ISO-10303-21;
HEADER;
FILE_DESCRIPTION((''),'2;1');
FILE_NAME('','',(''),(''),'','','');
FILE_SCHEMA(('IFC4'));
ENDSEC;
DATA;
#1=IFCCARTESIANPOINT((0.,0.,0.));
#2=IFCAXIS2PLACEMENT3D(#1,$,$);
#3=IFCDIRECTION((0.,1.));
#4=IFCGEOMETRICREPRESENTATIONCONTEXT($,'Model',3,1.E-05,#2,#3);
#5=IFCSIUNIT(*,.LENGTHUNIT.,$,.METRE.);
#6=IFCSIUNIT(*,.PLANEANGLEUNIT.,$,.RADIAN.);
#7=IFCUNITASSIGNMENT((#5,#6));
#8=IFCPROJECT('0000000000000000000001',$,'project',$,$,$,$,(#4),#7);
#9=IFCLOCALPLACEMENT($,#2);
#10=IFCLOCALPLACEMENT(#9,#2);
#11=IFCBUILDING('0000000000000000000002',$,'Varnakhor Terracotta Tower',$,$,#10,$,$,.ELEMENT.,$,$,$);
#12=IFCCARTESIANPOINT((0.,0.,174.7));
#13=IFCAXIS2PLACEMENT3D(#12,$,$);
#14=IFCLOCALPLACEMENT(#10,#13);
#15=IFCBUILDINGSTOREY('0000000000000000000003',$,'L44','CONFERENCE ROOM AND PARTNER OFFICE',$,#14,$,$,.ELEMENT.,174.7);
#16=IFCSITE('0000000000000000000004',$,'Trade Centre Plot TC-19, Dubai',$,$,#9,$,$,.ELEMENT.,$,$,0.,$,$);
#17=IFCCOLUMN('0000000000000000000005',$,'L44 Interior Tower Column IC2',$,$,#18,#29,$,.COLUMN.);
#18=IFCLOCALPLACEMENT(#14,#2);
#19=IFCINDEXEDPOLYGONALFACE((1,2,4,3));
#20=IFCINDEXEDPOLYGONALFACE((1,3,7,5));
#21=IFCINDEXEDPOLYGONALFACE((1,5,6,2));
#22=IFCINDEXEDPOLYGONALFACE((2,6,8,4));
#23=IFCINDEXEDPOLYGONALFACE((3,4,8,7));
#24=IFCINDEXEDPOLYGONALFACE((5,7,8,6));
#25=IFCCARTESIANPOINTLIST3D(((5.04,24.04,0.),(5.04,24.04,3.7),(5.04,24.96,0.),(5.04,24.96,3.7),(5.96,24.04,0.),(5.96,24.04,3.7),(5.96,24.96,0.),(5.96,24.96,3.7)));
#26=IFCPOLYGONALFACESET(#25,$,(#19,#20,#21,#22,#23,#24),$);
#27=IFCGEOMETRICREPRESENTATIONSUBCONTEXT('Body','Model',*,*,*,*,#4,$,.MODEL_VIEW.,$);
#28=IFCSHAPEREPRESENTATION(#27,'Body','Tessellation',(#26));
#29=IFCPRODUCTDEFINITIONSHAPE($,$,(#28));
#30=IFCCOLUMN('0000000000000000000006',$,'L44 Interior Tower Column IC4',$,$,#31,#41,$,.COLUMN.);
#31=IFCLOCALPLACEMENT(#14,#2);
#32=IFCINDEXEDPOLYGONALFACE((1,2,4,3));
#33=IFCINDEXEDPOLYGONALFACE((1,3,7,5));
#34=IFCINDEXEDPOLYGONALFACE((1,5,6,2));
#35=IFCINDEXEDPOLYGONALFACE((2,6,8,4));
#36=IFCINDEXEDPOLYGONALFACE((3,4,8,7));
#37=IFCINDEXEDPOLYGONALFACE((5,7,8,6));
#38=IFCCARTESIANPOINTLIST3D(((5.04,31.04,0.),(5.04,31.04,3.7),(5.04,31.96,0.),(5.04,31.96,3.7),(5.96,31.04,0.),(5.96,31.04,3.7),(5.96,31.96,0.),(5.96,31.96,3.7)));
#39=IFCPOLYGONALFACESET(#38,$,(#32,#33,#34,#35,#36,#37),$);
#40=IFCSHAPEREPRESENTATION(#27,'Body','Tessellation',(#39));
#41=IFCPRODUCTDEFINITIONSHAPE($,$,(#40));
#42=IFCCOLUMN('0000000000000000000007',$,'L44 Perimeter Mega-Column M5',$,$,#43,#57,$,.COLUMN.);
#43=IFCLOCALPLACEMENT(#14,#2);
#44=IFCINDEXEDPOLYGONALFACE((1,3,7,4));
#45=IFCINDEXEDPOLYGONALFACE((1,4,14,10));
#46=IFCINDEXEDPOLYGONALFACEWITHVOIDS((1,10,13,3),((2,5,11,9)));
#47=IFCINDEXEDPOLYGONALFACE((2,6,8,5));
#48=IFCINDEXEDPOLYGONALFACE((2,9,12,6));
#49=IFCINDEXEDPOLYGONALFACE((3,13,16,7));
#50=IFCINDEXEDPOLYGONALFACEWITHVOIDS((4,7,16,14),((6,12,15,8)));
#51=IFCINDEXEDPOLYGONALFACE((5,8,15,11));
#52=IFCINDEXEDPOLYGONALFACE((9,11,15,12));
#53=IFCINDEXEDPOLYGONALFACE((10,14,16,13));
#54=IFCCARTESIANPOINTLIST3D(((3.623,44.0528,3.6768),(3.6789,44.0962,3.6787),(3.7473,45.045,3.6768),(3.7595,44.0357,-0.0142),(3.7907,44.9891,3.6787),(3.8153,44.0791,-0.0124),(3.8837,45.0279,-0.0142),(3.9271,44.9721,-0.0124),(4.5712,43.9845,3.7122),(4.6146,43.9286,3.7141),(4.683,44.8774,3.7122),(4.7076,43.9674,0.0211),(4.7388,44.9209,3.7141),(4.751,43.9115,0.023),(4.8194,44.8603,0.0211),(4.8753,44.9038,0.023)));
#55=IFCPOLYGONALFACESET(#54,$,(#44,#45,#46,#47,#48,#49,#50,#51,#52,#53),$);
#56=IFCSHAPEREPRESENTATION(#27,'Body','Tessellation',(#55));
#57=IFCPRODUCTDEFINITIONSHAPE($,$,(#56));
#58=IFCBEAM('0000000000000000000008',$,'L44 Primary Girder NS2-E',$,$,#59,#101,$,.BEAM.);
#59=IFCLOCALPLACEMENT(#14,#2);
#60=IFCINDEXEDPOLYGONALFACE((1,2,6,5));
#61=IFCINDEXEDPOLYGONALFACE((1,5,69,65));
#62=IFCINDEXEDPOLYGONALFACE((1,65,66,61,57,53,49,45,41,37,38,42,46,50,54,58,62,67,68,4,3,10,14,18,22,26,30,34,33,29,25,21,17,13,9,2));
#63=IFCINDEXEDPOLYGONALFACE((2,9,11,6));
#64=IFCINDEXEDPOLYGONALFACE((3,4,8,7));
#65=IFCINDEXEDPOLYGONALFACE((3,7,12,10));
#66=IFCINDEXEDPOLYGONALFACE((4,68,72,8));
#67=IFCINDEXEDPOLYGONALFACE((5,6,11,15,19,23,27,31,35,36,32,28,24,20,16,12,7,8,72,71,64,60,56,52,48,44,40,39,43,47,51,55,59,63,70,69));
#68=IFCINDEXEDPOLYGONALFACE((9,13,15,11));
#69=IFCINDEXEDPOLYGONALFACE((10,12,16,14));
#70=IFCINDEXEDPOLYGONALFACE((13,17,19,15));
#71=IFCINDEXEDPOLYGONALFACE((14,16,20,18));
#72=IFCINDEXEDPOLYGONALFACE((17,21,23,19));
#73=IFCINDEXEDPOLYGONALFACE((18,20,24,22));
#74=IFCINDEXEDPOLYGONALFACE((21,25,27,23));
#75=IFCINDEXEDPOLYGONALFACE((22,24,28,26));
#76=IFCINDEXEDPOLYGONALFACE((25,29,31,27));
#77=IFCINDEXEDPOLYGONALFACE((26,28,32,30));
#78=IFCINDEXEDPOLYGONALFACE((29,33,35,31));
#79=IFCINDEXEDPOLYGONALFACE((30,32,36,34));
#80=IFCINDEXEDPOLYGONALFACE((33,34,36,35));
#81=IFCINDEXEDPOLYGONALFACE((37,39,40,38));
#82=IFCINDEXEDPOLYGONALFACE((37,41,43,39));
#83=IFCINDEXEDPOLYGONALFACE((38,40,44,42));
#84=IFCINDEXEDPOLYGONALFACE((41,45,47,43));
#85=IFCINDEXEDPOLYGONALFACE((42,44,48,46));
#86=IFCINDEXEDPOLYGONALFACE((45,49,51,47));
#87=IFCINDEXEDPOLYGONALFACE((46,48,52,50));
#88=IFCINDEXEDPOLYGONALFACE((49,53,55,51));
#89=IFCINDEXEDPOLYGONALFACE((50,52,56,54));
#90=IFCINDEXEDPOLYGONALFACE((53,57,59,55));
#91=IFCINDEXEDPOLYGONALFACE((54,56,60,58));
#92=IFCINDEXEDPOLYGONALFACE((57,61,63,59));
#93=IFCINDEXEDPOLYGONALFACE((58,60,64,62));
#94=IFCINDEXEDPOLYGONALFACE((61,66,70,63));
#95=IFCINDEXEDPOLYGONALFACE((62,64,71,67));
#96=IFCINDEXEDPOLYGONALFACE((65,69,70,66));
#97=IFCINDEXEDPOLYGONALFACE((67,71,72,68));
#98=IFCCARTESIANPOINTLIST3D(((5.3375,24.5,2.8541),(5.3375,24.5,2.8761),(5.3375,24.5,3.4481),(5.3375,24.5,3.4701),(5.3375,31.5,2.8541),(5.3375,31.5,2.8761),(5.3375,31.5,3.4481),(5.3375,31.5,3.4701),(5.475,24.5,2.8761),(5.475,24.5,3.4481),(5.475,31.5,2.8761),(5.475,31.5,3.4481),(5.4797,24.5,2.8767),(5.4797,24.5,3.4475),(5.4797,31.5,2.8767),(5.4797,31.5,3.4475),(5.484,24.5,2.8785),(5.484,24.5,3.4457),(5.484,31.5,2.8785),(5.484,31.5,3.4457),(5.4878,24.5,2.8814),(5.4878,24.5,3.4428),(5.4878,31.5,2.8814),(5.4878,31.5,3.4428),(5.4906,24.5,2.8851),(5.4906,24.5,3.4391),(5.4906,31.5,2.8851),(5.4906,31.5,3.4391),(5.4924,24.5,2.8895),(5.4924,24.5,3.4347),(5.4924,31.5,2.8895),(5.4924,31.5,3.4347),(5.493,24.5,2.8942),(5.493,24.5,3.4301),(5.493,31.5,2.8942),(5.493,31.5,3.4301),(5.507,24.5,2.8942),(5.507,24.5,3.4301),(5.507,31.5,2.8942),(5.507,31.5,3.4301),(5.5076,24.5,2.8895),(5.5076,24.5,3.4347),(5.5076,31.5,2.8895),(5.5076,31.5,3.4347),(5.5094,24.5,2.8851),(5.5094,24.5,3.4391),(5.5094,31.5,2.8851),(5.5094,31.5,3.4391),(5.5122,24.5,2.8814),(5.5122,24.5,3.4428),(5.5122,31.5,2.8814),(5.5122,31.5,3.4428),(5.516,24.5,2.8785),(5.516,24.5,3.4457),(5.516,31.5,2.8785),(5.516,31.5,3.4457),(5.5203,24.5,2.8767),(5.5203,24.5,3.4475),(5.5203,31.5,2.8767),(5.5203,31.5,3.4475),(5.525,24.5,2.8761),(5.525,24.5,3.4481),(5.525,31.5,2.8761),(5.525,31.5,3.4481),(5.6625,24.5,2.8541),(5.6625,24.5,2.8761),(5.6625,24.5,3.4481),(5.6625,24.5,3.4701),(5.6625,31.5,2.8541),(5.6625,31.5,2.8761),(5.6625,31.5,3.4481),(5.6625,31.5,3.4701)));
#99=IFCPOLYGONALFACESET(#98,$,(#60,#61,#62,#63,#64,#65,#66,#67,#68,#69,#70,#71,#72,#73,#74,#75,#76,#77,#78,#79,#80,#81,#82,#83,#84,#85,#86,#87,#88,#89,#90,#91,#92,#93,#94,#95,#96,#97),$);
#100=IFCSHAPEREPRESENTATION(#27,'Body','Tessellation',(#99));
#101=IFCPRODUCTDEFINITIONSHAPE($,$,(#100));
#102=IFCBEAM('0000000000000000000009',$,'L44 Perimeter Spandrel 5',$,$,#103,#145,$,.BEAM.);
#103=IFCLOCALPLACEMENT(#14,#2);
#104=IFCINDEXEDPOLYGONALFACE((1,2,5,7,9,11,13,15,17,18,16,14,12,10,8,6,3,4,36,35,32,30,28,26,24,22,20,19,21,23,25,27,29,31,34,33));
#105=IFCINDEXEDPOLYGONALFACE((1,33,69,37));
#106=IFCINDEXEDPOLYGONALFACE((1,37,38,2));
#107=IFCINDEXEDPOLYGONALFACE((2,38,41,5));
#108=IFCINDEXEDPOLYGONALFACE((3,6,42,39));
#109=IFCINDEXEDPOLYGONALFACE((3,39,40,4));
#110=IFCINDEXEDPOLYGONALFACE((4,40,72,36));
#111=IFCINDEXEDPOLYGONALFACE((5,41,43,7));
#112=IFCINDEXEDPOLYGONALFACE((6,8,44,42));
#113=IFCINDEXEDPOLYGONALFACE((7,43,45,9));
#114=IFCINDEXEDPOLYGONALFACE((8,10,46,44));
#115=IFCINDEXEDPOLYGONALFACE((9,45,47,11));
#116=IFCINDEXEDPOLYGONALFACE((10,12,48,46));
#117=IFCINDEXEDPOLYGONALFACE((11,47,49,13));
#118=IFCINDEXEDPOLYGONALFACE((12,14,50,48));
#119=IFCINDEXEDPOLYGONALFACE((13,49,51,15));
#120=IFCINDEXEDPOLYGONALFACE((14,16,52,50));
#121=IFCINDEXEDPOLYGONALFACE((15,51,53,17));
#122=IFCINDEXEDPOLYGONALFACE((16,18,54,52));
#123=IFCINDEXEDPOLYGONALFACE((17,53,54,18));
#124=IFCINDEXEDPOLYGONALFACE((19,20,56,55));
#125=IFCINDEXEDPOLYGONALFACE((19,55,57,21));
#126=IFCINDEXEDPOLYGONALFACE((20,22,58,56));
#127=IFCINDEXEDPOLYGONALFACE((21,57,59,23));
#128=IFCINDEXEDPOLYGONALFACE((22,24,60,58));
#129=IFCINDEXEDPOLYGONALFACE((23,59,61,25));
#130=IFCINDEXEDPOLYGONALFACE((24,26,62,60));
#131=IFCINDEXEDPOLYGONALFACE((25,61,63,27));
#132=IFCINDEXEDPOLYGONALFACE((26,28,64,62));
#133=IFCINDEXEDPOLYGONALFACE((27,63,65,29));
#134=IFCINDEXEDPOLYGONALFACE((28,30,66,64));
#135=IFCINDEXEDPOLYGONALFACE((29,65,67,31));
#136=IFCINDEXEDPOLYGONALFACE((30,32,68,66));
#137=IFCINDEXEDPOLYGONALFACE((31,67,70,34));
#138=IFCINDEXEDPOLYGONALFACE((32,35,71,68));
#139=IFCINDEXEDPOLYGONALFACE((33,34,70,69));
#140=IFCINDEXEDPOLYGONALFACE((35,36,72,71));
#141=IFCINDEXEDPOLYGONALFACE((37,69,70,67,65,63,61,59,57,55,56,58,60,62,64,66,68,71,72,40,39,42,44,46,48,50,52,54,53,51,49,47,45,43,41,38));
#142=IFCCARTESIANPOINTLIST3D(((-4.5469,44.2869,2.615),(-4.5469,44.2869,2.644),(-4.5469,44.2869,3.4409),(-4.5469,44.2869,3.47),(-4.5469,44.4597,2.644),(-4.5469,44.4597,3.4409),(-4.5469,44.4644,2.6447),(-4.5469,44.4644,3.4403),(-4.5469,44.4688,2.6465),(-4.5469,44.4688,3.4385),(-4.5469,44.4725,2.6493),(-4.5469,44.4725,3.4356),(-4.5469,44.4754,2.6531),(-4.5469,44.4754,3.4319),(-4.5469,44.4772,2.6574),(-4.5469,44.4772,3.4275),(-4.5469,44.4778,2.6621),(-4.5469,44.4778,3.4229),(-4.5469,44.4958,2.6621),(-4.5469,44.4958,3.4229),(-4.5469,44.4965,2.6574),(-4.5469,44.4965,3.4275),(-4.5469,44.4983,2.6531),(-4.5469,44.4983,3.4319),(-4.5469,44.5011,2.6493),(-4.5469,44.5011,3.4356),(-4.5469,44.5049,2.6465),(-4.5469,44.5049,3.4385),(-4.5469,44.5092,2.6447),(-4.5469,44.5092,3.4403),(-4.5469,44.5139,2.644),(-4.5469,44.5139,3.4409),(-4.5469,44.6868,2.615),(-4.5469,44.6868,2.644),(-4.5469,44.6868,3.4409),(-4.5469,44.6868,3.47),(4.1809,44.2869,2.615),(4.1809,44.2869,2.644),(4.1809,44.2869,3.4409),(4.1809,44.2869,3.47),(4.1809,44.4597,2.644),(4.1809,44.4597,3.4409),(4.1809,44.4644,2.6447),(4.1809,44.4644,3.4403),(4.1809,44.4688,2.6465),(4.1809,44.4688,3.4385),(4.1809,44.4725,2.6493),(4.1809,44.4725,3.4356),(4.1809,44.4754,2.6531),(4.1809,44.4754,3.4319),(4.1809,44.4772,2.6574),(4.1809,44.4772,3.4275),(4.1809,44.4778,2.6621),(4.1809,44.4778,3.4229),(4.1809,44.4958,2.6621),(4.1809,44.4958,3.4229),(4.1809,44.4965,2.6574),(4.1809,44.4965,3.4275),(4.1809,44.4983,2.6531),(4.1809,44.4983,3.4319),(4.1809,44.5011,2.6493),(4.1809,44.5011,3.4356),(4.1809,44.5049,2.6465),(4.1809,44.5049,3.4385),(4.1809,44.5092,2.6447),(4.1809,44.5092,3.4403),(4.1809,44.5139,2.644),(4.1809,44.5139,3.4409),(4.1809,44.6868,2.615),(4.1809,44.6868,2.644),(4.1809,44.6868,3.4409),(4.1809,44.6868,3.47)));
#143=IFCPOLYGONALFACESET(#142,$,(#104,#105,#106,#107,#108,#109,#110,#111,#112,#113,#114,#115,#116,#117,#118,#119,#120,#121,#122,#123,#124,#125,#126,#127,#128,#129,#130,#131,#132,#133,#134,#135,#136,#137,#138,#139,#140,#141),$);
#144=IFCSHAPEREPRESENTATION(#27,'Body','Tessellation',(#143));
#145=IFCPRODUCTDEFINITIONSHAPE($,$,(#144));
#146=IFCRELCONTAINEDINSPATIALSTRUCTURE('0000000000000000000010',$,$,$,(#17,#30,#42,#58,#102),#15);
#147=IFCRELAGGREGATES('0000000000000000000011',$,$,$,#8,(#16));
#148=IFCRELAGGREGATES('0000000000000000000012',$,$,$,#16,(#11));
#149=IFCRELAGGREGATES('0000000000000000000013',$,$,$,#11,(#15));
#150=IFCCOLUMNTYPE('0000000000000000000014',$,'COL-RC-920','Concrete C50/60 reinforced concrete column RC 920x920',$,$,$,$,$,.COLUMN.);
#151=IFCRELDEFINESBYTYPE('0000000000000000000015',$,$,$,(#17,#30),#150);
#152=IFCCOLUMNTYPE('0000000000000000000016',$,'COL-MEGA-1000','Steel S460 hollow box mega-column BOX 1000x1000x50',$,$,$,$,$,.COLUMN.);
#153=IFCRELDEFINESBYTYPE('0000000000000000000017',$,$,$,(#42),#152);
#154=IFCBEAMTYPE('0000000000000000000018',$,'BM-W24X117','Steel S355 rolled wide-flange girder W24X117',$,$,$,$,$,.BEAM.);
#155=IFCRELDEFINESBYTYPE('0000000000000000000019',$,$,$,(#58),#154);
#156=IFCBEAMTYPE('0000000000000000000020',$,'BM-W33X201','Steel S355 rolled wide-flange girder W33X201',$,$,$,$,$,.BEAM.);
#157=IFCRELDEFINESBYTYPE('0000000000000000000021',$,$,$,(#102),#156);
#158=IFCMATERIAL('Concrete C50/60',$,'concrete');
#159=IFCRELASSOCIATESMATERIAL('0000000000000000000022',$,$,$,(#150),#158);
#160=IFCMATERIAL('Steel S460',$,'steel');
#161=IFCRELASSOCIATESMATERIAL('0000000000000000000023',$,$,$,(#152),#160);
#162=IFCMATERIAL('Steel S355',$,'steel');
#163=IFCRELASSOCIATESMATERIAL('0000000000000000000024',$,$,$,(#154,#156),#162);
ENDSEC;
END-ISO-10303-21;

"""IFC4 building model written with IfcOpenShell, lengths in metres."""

from ifc_helpers import new_model, si_unit, direction, frame, origin, origin_2d, place, context, subcontext, project, spatial, rectangle, hollow_rectangle, i_section, extrude, source, transform, mapped, material, material_profile, profile_set, type_object, element, save


model = new_model("IFC4")

# Units and contexts
model_context = context("Model", 3, precision=1e-05, world=origin(), true_north=direction((0.0, 1.0)))
body_context = subcontext(model_context, "Body", "Model", "MODEL_VIEW")
ifc_project = project(units=[si_unit("LENGTHUNIT", "METRE"), si_unit("PLANEANGLEUNIT", "RADIAN")], contexts=[model_context])

# Site, building, storey
site_placement = place(None, origin())
site = spatial("IfcSite", under=ifc_project, at=site_placement, Name="Trade Centre Plot TC-19, Dubai", CompositionType="ELEMENT", RefElevation=0.0)
building_placement = place(site_placement, origin())
building = spatial("IfcBuilding", under=site, at=building_placement, Name="Varnakhor Terracotta Tower", CompositionType="ELEMENT")
storey_placement = place(building_placement, frame((0.0, 0.0, 174.7)))
storey = spatial("IfcBuildingStorey", under=building, at=storey_placement, Name="L44", Description="CONFERENCE ROOM AND PARTNER OFFICE", CompositionType="ELEMENT", Elevation=174.7)

# Columns
ifc_material_1 = material(Name="Concrete C50/60", Category="concrete")
ifc_material_profile_1 = material_profile(ifc_material_1, rectangle(XDim=0.9199, YDim=0.9199, at=origin_2d()), Name="RC 920x920")
ifc_profile_set_1 = profile_set([ifc_material_profile_1], Name="Concrete C50/60")
column_type_1 = type_object("IfcColumnType", Name="COL-RC-920", Description="Concrete C50/60 reinforced concrete column RC 920x920", PredefinedType="COLUMN", material=ifc_profile_set_1)
shared_shape_1 = source(origin(), body_context, "Body", "SweptSolid", [
    extrude(rectangle(XDim=0.9199, YDim=0.9199, at=origin_2d()), origin(), (0.0, 0.0, 1.0), 3.7),
])
for number, where, z_axis, x_axis, name in (
    (1, (5.5, 24.5, 0.0), (0.0, 0.0, 1.0), (1.0, 0.0, 0.0), "L44 Interior Tower Column IC2"),
    (2, (5.5, 31.5, 0.0), (0.0, 0.0, 1.0), (1.0, 0.0, 0.0), "L44 Interior Tower Column IC4"),
):
    element("IfcColumn", number, at=place(storey_placement, frame(where, z_axis=z_axis, x_axis=x_axis)), inside=storey, type_object=column_type_1, Name=name, PredefinedType="COLUMN", context=body_context, shape_type="MappedRepresentation", body=[
        mapped(shared_shape_1, transform((0.0, 0.0, 0.0), scale=1.0)),
    ])
ifc_material_2 = material(Name="Steel S460", Category="steel")
ifc_material_profile_2 = material_profile(ifc_material_2, hollow_rectangle(XDim=1.0, YDim=1.0, WallThickness=0.05, at=origin_2d()), Name="BOX 1000x1000x50")
ifc_profile_set_2 = profile_set([ifc_material_profile_2], Name="Steel S460")
column_type_2 = type_object("IfcColumnType", Name="COL-MEGA-1000", Description="Steel S460 hollow box mega-column BOX 1000x1000x50", PredefinedType="COLUMN", material=ifc_profile_set_2)
shared_shape_2 = source(origin(), body_context, "Body", "SweptSolid", [
    extrude(hollow_rectangle(XDim=1.0, YDim=1.0, WallThickness=0.05, at=origin_2d()), origin(), (0.0, 0.0, 1.0), 3.6936),
])
column_placement = place(storey_placement, frame((4.3174, 44.4697, 0.0044), z_axis=(-0.036948, 0.004627, 0.999306), x_axis=(-0.124253, -0.992251, 0.0)))
element("IfcColumn", 3, at=column_placement, inside=storey, type_object=column_type_2, Name="L44 Perimeter Mega-Column M5", PredefinedType="COLUMN", context=body_context, shape_type="MappedRepresentation", body=[
    mapped(shared_shape_2, transform((0.0, 0.0, 0.0), scale=1.0)),
])

# Beams
ifc_material_3 = material(Name="Steel S355", Category="steel")
ifc_material_profile_3 = material_profile(ifc_material_3, i_section(OverallWidth=0.325, OverallDepth=0.616, WebThickness=0.0139, FlangeThickness=0.022, FilletRadius=0.0181, at=origin_2d()), Name="W24X117")
ifc_profile_set_3 = profile_set([ifc_material_profile_3], Name="Steel S355")
beam_type_1 = type_object("IfcBeamType", Name="BM-W24X117", Description="Steel S355 rolled wide-flange girder W24X117", PredefinedType="BEAM", material=ifc_profile_set_3)
shared_shape_3 = source(origin(), body_context, "Body", "SweptSolid", [
    extrude(i_section(OverallWidth=0.325, OverallDepth=0.616, WebThickness=0.0139, FlangeThickness=0.022, FilletRadius=0.0181, at=origin_2d()), origin(), (0.0, 0.0, 1.0), 7.0),
])
beam_1_placement = place(storey_placement, frame((5.5, 24.5, 3.1621), z_axis=(0.0, 1.0, 0.0), x_axis=(-1.0, 0.0, 0.0)))
element("IfcBeam", 4, at=beam_1_placement, inside=storey, type_object=beam_type_1, Name="L44 Primary Girder NS2-E", PredefinedType="BEAM", context=body_context, shape_type="MappedRepresentation", body=[
    mapped(shared_shape_3, transform((0.0, 0.0, 0.0), scale=1.0)),
])
ifc_material_profile_4 = material_profile(ifc_material_3, i_section(OverallWidth=0.3999, OverallDepth=0.855, WebThickness=0.0181, FlangeThickness=0.0291, FilletRadius=0.0181, at=origin_2d()), Name="W33X201")
ifc_profile_set_4 = profile_set([ifc_material_profile_4], Name="Steel S355")
beam_type_2 = type_object("IfcBeamType", Name="BM-W33X201", Description="Steel S355 rolled wide-flange girder W33X201", PredefinedType="BEAM", material=ifc_profile_set_4)
shared_shape_4 = source(origin(), body_context, "Body", "SweptSolid", [
    extrude(i_section(OverallWidth=0.3999, OverallDepth=0.855, WebThickness=0.0181, FlangeThickness=0.0291, FilletRadius=0.0181, at=origin_2d()), origin(), (0.0, 0.0, 1.0), 8.7278),
])
beam_2_placement = place(storey_placement, frame((4.1809, 44.4868, 3.0425), z_axis=(-1.0, 0.0, 0.0), x_axis=(0.0, -1.0, 0.0)))
element("IfcBeam", 5, at=beam_2_placement, inside=storey, type_object=beam_type_2, Name="L44 Perimeter Spandrel 5", PredefinedType="BEAM", context=body_context, shape_type="MappedRepresentation", body=[
    mapped(shared_shape_4, transform((0.0, 0.0, 0.0), scale=1.0)),
])

save(model, "model.ifc")
